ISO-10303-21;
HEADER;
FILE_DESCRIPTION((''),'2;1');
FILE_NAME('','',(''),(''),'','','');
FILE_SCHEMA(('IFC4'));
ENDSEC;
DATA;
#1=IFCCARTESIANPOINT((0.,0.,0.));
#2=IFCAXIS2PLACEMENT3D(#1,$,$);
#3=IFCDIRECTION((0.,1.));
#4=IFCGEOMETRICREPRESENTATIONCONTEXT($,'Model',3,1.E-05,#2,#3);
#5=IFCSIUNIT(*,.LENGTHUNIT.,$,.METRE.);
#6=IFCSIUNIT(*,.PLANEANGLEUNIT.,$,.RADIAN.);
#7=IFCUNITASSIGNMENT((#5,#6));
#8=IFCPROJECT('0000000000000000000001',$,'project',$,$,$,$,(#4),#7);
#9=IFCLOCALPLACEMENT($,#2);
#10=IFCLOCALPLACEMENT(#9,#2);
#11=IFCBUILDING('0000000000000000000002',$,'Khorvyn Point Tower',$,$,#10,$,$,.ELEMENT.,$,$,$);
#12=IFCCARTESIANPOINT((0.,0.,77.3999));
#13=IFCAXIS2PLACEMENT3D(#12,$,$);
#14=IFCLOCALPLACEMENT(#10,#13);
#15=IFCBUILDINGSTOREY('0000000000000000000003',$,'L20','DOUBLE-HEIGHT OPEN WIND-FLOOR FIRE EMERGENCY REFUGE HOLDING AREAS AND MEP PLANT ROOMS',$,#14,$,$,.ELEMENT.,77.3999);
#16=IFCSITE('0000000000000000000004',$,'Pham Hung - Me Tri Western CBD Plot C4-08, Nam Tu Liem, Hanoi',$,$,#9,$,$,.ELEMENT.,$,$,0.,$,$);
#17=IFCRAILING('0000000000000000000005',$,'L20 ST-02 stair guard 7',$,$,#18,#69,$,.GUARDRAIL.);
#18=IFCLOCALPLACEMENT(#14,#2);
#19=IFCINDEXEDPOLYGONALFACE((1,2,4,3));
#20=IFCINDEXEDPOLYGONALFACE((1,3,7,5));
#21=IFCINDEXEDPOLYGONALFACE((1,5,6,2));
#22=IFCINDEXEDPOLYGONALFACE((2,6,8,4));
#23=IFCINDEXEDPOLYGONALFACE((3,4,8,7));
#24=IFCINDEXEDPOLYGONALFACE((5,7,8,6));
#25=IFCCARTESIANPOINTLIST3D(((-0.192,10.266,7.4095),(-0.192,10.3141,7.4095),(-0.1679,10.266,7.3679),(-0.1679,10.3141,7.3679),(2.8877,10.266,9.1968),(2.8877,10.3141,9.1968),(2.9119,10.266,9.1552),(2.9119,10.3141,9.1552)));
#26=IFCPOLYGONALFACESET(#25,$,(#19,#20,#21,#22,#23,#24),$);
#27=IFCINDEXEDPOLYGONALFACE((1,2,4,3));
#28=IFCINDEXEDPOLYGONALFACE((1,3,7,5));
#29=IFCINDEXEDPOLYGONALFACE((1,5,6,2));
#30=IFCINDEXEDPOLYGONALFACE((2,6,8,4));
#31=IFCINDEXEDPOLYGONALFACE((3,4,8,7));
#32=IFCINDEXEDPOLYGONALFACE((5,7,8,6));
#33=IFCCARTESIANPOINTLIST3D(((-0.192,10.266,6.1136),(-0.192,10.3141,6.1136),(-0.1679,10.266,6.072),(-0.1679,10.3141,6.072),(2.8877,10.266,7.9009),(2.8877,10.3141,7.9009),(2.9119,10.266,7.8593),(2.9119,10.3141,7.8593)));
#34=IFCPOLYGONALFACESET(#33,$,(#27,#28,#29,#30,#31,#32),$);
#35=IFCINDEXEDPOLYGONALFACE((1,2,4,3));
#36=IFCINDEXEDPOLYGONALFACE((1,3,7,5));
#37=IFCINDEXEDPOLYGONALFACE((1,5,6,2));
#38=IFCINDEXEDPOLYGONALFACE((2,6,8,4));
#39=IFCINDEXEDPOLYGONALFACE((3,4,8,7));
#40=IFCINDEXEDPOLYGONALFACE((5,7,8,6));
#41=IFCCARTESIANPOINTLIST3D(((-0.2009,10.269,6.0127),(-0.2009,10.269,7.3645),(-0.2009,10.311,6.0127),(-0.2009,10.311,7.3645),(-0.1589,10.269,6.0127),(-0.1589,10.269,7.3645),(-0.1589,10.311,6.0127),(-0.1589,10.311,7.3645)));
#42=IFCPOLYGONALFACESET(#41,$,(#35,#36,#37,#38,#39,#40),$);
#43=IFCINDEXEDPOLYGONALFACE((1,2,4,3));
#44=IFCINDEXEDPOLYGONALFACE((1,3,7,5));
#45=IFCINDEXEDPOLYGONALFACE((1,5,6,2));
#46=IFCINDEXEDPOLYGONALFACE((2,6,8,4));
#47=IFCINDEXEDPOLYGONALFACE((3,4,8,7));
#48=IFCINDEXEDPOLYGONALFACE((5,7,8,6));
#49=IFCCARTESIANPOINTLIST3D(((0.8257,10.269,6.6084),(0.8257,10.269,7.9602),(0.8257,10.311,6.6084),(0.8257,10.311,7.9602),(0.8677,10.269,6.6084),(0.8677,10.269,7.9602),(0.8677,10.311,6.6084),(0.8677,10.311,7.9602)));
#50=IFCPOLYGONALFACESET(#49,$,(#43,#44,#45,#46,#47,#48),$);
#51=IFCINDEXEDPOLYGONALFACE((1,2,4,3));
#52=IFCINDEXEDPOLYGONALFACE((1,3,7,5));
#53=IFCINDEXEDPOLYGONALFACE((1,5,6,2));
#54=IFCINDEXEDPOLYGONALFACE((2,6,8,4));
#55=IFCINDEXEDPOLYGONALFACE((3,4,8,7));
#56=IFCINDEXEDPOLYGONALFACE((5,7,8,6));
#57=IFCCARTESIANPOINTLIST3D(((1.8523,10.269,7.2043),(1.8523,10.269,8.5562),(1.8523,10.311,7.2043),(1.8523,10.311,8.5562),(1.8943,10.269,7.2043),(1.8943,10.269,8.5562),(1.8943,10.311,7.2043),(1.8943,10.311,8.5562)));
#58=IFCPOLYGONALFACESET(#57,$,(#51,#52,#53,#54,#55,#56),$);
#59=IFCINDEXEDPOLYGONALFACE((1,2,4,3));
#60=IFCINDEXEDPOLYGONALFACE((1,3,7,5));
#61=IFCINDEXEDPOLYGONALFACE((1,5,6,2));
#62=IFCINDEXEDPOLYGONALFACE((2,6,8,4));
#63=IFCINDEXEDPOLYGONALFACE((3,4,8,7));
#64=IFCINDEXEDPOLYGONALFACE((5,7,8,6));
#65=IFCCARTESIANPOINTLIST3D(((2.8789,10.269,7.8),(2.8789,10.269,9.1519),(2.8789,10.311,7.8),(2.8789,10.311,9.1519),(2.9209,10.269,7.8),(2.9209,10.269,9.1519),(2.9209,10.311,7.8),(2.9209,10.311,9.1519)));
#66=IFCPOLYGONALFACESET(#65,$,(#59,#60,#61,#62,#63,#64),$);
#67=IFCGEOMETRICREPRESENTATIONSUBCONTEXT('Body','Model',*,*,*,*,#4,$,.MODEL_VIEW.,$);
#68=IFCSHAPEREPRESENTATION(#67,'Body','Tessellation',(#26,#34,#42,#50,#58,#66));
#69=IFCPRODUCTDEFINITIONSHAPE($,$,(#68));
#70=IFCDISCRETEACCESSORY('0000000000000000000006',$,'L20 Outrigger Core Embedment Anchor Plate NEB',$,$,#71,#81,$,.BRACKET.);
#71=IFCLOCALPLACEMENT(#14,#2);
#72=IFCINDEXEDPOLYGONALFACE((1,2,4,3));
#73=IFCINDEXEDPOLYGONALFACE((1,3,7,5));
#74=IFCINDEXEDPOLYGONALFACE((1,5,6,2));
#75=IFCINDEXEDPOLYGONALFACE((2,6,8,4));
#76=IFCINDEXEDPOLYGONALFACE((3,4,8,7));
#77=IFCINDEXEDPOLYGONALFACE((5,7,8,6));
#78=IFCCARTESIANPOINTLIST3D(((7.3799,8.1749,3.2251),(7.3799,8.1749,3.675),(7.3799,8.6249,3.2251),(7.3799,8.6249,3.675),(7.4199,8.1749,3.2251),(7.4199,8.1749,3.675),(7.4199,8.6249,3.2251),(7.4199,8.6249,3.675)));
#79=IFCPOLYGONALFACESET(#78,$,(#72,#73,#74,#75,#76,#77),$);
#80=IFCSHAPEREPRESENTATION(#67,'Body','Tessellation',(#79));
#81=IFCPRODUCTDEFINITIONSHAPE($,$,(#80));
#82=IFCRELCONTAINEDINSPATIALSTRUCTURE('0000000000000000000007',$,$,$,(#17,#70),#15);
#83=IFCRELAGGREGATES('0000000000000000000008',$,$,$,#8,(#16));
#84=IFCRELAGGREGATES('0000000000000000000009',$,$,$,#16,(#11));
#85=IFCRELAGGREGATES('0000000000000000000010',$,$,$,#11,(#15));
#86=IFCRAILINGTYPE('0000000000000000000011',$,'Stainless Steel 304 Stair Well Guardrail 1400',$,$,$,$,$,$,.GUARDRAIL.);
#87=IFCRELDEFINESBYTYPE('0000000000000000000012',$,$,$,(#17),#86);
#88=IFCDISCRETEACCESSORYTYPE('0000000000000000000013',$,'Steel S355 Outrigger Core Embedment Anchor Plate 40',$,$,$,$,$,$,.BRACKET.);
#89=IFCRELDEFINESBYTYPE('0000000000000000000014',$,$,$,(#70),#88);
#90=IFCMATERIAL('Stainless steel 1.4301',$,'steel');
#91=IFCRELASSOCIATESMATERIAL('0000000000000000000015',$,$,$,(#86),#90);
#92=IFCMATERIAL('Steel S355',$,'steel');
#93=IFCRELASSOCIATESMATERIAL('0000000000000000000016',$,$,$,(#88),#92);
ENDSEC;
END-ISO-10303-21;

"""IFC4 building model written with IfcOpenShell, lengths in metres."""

from ifc_helpers import new_model, si_unit, direction, frame, origin, origin_2d, place, context, subcontext, project, spatial, rectangle, extrude, material, type_object, element, save


model = new_model("IFC4")

# Units and contexts
model_context = context("Model", 3, precision=1e-05, world=origin(), true_north=direction((0.0, 1.0)))
body_context = subcontext(model_context, "Body", "Model", "MODEL_VIEW")
ifc_project = project(units=[si_unit("LENGTHUNIT", "METRE"), si_unit("PLANEANGLEUNIT", "RADIAN")], contexts=[model_context])

# Site, building, storey
site_placement = place(None, origin())
site = spatial("IfcSite", under=ifc_project, at=site_placement, Name="Pham Hung - Me Tri Western CBD Plot C4-08, Nam Tu Liem, Hanoi", CompositionType="ELEMENT", RefElevation=0.0)
building_placement = place(site_placement, origin())
building = spatial("IfcBuilding", under=site, at=building_placement, Name="Khorvyn Point Tower", CompositionType="ELEMENT")
storey_placement = place(building_placement, frame((0.0, 0.0, 77.3999)))
storey = spatial("IfcBuildingStorey", under=building, at=storey_placement, Name="L20", Description="DOUBLE-HEIGHT OPEN WIND-FLOOR FIRE EMERGENCY REFUGE HOLDING AREAS AND MEP PLANT ROOMS", CompositionType="ELEMENT", Elevation=77.3999)

# Shared definitions
ifc_material_1 = material(Name="Steel S355", Category="steel")

# Shared definitions
ifc_material_2 = material(Name="Stainless steel 1.4301", Category="steel")

# Railing
railing_type_1 = type_object("IfcRailingType", Name="Stainless Steel 304 Stair Well Guardrail 1400", PredefinedType="GUARDRAIL", material=ifc_material_2)
railing_1_placement = place(storey_placement, frame((-0.1799, 10.29, 6.0127)))
element("IfcRailing", 1, at=railing_1_placement, inside=storey, type_object=railing_type_1, Name="L20 ST-02 stair guard 7", PredefinedType="GUARDRAIL", context=body_context, shape_type="SweptSolid", body=[
    extrude(rectangle(XDim=0.0481, YDim=0.0481, at=origin_2d()), frame((0.0, 0.0, 1.376), z_axis=(0.864903, 0.0, 0.501939), x_axis=(0.0, 1.0, 0.0)), (0.0, 0.0, 1.0), 3.5608),
    extrude(rectangle(XDim=0.0481, YDim=0.0481, at=origin_2d()), frame((0.0, 0.0, 0.0801), z_axis=(0.864903, 0.0, 0.501939), x_axis=(0.0, 1.0, 0.0)), (0.0, 0.0, 1.0), 3.5608),
    extrude(rectangle(XDim=0.042, YDim=0.042, at=origin_2d()), origin(), (0.0, 0.0, 1.0), 1.3518),
    extrude(rectangle(XDim=0.042, YDim=0.042, at=origin_2d()), frame((1.0266, 0.0, 0.5957)), (0.0, 0.0, 1.0), 1.3518),
    extrude(rectangle(XDim=0.042, YDim=0.042, at=origin_2d()), frame((2.0532, 0.0, 1.1917)), (0.0, 0.0, 1.0), 1.3518),
    extrude(rectangle(XDim=0.042, YDim=0.042, at=origin_2d()), frame((3.0798, 0.0, 1.7874)), (0.0, 0.0, 1.0), 1.3518),
])

# Discrete accessory
discrete_accessory_type = type_object("IfcDiscreteAccessoryType", Name="Steel S355 Outrigger Core Embedment Anchor Plate 40", PredefinedType="BRACKET", material=ifc_material_1)
discrete_accessory_placement = place(storey_placement, frame((7.3999, 8.3999, 3.2251), z_axis=(0.0, 0.0, 1.0), x_axis=(1.0, 0.0, 0.0)))
element("IfcDiscreteAccessory", 2, at=discrete_accessory_placement, inside=storey, type_object=discrete_accessory_type, Name="L20 Outrigger Core Embedment Anchor Plate NEB", PredefinedType="BRACKET", context=body_context, shape_type="SweptSolid", body=[
    extrude(rectangle(XDim=0.04, YDim=0.45, at=origin_2d()), origin(), (0.0, 0.0, 1.0), 0.45),
])

save(model, "model.ifc")
